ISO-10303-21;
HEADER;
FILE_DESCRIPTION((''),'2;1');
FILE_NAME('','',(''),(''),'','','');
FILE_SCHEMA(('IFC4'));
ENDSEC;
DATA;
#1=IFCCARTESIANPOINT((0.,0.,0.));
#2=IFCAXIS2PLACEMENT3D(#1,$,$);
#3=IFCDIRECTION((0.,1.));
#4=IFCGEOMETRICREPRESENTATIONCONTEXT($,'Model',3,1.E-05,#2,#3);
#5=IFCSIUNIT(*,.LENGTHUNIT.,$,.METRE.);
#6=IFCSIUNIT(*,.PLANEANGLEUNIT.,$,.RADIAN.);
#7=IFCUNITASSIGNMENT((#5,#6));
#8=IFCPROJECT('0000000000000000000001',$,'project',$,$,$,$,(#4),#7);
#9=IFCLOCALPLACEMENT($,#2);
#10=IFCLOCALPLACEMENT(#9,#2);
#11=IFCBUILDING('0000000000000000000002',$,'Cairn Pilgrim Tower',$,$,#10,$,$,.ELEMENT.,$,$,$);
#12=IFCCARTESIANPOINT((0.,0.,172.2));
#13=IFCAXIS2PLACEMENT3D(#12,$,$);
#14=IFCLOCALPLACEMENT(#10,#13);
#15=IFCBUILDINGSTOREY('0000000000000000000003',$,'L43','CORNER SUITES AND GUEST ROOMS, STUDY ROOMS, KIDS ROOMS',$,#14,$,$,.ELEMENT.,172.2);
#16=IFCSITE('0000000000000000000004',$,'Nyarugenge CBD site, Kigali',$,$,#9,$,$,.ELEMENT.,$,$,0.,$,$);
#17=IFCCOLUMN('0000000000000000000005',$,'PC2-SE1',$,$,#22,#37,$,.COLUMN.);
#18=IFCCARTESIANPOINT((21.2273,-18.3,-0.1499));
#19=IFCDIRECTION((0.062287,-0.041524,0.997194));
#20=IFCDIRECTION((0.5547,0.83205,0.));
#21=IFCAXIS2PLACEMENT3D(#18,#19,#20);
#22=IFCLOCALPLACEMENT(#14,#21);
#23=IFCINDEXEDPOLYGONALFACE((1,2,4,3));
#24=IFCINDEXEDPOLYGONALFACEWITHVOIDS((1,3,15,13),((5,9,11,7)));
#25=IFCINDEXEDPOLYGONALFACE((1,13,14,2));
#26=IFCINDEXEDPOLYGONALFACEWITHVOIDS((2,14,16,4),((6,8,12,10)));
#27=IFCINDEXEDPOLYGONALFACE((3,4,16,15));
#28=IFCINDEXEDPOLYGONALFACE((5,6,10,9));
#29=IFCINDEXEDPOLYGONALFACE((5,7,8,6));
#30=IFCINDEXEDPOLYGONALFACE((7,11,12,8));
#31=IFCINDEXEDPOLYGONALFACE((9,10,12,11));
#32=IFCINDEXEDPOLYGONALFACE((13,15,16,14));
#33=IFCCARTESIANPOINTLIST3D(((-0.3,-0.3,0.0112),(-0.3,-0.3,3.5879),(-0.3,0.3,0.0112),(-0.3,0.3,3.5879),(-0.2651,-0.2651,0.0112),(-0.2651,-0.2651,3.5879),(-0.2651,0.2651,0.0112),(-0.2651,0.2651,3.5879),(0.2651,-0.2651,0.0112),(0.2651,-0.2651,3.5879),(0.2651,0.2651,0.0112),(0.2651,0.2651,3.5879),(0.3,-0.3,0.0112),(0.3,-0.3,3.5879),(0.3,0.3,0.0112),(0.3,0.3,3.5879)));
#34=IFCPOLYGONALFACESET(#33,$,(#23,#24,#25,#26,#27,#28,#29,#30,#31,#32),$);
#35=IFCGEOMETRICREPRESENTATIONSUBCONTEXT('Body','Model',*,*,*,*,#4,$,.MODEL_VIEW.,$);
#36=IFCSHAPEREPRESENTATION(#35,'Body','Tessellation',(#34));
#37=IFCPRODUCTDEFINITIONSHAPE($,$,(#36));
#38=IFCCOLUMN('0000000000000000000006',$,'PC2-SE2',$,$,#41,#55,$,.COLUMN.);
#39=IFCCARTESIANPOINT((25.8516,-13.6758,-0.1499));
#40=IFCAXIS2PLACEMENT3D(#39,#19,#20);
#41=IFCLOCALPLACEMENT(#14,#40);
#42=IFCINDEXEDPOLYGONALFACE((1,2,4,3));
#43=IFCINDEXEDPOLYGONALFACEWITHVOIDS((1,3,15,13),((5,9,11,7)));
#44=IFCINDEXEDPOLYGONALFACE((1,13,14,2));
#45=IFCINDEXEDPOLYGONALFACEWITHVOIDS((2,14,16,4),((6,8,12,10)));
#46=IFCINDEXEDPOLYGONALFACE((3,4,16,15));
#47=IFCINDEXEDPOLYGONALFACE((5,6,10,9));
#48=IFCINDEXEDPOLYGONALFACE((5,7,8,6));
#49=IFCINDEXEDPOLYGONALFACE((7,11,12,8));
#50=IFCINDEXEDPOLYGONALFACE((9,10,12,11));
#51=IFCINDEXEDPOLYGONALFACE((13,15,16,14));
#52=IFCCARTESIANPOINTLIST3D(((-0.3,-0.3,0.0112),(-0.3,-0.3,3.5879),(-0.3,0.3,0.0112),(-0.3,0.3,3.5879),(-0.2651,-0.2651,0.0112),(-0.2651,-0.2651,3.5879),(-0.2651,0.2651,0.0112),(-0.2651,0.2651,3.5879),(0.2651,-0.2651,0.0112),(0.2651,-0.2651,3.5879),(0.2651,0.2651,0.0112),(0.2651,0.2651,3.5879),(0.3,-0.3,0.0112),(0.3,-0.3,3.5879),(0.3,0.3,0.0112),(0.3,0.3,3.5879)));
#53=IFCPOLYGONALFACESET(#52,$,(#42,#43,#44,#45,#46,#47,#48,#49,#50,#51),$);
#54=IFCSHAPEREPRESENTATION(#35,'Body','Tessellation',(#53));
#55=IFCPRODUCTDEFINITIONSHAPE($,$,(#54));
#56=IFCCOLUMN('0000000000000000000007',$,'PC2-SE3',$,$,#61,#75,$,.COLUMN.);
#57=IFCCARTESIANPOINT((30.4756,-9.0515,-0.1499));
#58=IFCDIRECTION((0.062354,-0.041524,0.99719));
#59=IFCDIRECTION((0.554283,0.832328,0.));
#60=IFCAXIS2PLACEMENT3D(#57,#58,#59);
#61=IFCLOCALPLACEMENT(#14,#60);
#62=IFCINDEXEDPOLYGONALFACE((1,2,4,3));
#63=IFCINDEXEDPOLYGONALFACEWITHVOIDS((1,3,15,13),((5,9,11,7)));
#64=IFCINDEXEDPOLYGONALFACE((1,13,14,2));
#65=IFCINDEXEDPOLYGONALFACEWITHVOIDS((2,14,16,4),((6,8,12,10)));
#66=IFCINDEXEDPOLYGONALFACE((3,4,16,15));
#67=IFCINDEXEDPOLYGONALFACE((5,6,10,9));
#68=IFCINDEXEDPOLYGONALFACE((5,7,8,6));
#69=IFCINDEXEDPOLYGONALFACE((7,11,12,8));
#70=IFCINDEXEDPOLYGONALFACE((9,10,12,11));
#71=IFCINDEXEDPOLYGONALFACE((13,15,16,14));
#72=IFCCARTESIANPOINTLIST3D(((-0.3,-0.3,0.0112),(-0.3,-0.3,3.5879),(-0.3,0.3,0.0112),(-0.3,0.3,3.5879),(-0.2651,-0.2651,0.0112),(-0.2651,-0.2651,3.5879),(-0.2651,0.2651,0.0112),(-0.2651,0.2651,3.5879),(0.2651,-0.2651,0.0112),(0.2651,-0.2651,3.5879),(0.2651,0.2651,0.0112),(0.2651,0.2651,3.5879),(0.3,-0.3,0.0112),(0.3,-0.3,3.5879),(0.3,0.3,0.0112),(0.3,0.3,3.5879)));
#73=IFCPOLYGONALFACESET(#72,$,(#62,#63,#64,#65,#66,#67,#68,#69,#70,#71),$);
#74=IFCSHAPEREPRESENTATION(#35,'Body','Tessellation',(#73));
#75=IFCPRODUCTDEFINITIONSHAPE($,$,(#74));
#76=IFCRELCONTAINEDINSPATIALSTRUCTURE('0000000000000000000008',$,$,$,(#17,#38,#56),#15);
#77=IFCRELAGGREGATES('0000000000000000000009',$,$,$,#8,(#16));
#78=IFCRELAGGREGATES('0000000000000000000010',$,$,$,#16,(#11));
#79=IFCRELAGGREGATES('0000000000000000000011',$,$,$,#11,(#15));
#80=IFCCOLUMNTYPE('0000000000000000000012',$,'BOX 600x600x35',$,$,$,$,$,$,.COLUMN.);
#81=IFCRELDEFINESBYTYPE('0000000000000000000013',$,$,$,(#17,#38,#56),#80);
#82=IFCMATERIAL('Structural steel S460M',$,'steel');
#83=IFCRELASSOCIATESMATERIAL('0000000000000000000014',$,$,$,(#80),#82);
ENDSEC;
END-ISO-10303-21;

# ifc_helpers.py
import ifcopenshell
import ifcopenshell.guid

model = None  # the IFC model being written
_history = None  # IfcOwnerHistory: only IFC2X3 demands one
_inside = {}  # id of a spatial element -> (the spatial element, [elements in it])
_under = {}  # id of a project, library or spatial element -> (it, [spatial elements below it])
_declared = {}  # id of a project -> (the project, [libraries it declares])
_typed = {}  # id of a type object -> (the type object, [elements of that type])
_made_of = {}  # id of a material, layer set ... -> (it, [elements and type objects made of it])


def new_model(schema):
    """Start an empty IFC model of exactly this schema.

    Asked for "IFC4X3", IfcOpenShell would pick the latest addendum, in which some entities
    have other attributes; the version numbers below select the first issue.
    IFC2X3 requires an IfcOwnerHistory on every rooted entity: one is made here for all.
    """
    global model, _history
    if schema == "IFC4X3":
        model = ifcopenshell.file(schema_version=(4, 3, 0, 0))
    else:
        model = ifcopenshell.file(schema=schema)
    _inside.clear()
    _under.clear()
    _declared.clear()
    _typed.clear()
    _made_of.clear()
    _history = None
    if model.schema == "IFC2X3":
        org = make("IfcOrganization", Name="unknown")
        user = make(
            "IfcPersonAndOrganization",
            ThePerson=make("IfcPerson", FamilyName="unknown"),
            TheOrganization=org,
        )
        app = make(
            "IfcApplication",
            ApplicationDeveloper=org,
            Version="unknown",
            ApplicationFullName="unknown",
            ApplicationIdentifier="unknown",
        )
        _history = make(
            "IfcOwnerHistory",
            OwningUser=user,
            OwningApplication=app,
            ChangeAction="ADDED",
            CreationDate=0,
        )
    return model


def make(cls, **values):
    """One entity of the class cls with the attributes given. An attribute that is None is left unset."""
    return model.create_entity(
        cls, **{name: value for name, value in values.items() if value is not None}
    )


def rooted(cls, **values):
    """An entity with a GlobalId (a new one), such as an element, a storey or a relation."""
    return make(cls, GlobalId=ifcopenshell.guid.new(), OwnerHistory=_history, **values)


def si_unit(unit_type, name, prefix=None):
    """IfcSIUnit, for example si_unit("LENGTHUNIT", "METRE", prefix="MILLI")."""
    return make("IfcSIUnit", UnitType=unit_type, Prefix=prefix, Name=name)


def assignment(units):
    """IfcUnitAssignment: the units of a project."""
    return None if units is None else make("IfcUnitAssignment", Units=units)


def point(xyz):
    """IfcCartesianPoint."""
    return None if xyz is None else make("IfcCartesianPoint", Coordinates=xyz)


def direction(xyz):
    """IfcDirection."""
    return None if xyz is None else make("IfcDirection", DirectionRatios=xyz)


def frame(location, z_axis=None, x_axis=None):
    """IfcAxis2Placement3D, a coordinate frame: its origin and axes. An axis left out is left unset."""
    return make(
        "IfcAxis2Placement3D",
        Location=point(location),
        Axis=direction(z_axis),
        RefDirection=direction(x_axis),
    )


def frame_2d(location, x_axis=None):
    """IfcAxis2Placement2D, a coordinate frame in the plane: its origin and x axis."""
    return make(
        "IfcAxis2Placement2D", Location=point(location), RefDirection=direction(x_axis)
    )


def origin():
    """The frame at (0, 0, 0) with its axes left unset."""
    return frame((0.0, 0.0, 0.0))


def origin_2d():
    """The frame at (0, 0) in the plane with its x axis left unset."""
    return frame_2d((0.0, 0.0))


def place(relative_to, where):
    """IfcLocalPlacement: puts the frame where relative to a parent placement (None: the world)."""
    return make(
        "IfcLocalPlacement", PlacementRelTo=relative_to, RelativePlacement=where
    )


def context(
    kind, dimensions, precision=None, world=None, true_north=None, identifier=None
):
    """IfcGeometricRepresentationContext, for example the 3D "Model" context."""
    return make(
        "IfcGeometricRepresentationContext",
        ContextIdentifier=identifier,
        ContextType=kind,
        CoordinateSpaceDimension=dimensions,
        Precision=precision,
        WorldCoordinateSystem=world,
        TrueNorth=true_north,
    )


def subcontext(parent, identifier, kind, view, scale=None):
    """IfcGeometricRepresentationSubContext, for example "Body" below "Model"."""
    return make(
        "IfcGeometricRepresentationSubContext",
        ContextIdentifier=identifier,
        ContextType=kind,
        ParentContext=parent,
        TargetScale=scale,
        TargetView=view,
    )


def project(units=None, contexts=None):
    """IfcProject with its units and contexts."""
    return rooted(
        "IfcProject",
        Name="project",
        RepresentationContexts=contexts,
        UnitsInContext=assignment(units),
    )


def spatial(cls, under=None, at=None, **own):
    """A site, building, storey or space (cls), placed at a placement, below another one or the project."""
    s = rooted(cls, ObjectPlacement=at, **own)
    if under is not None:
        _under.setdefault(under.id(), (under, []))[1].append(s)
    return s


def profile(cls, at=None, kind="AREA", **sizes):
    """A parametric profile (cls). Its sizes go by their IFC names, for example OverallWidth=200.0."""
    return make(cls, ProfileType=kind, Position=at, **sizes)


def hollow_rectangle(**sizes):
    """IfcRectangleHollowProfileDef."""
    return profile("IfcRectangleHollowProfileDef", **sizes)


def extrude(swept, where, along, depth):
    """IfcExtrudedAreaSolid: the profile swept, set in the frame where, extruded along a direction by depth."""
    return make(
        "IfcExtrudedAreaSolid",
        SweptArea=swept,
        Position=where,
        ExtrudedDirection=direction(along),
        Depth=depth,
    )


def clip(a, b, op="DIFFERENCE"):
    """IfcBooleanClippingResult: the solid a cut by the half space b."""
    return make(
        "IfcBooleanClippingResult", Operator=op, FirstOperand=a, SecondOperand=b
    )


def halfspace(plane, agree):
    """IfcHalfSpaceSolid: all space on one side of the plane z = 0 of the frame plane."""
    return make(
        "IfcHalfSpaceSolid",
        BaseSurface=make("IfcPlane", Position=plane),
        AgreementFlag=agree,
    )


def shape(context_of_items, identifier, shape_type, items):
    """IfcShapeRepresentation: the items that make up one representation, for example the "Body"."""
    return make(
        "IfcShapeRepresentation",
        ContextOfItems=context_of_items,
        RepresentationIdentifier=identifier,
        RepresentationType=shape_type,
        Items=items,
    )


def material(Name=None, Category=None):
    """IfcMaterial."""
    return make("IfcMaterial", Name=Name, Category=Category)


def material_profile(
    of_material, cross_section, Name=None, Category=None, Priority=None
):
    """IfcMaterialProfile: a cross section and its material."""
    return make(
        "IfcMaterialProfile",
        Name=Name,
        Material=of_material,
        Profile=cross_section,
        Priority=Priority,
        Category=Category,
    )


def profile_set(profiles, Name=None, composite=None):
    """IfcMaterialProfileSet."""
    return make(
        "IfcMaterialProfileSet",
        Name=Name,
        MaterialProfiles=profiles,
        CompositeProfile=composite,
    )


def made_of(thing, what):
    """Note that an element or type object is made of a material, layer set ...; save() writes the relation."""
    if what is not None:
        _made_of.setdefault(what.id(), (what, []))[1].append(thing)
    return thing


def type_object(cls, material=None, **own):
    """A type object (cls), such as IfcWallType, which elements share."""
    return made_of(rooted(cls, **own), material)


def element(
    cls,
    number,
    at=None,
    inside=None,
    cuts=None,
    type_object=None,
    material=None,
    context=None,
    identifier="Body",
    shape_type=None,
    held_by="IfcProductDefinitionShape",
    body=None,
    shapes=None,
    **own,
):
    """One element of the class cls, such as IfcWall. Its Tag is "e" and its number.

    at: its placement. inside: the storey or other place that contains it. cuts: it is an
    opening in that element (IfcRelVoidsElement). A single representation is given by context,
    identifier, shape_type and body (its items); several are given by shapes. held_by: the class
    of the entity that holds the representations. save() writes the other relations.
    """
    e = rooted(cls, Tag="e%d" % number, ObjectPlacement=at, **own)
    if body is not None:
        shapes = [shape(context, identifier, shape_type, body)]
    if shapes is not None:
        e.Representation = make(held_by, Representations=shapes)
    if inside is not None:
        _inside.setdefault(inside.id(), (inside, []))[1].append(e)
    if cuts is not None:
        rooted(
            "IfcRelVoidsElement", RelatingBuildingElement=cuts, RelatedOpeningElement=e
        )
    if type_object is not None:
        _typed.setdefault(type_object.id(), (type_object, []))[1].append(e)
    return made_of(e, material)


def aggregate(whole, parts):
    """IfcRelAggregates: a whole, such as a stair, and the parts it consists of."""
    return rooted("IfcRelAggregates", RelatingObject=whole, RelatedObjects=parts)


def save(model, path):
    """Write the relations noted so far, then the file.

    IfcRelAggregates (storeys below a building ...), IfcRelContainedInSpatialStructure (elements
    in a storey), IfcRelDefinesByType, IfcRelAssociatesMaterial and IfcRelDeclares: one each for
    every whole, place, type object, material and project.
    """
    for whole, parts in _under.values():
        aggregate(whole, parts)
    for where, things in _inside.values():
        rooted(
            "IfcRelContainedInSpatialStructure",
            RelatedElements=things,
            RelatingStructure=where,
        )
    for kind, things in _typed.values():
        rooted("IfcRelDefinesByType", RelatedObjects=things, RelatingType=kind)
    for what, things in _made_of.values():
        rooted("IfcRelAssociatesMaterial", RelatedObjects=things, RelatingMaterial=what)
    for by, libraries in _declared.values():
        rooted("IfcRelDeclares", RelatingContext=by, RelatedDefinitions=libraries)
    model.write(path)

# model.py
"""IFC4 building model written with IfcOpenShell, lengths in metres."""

from ifc_helpers import new_model, si_unit, direction, frame, origin, origin_2d, place, context, subcontext, project, spatial, hollow_rectangle, extrude, clip, halfspace, material, material_profile, profile_set, type_object, element, save


model = new_model("IFC4")

# Units and contexts
model_context = context("Model", 3, precision=1e-05, world=origin(), true_north=direction((0.0, 1.0)))
body_context = subcontext(model_context, "Body", "Model", "MODEL_VIEW")
ifc_project = project(units=[si_unit("LENGTHUNIT", "METRE"), si_unit("PLANEANGLEUNIT", "RADIAN")], contexts=[model_context])

# Site, building, storey
site_placement = place(None, origin())
site = spatial("IfcSite", under=ifc_project, at=site_placement, Name="Nyarugenge CBD site, Kigali", CompositionType="ELEMENT", RefElevation=0.0)
building_placement = place(site_placement, origin())
building = spatial("IfcBuilding", under=site, at=building_placement, Name="Cairn Pilgrim Tower", CompositionType="ELEMENT")
storey_placement = place(building_placement, frame((0.0, 0.0, 172.2)))
storey = spatial("IfcBuildingStorey", under=building, at=storey_placement, Name="L43", Description="CORNER SUITES AND GUEST ROOMS, STUDY ROOMS, KIDS ROOMS", CompositionType="ELEMENT", Elevation=172.2)

# Columns
ifc_material_1 = material(Name="Structural steel S460M", Category="steel")
ifc_material_profile_1 = material_profile(ifc_material_1, hollow_rectangle(XDim=0.6001, YDim=0.6001, WallThickness=0.0349, at=origin_2d()), Name="BOX 600x600x35")
ifc_profile_set_1 = profile_set([ifc_material_profile_1], Name="Structural steel S460M")
column_type = type_object("IfcColumnType", Name="BOX 600x600x35", PredefinedType="COLUMN", material=ifc_profile_set_1)
for number, where, z_axis, x_axis, name in (
    (1, (21.2273, -18.3, -0.1499), (0.062287, -0.041524, 0.997194), (0.5547, 0.83205, 0.0), "PC2-SE1"),
    (2, (25.8516, -13.6758, -0.1499), (0.062287, -0.041524, 0.997194), (0.5547, 0.83205, 0.0), "PC2-SE2"),
):
    element("IfcColumn", number, at=place(storey_placement, frame(where, z_axis=z_axis, x_axis=x_axis)), inside=storey, type_object=column_type, Name=name, PredefinedType="COLUMN", context=body_context, shape_type="Clipping", body=[
        clip(clip(extrude(hollow_rectangle(XDim=0.6001, YDim=0.6001, WallThickness=0.0349, at=origin_2d()), origin(), (0.0, 0.0, 1.0), 3.6099), halfspace(frame((0.0, 0.0, 0.0112), z_axis=(0.0, 0.0, 1.0), x_axis=(1.0, 0.0, 0.0)), True)), halfspace(frame((0.0, 0.0, 3.5879), z_axis=(0.0, 0.0, 1.0), x_axis=(1.0, 0.0, 0.0)), False)),
    ])
column_placement = place(storey_placement, frame((30.4756, -9.0515, -0.1499), z_axis=(0.062354, -0.041524, 0.99719), x_axis=(0.554283, 0.832328, 0.0)))
element("IfcColumn", 3, at=column_placement, inside=storey, type_object=column_type, Name="PC2-SE3", PredefinedType="COLUMN", context=body_context, shape_type="Clipping", body=[
    clip(clip(extrude(hollow_rectangle(XDim=0.6001, YDim=0.6001, WallThickness=0.0349, at=origin_2d()), origin(), (0.0, 0.0, 1.0), 3.6101), halfspace(frame((0.0, 0.0, 0.0112), z_axis=(0.0, 0.0, 1.0), x_axis=(1.0, 0.0, 0.0)), True)), halfspace(frame((0.0, 0.0, 3.5879), z_axis=(0.0, 0.0, 1.0), x_axis=(1.0, 0.0, 0.0)), False)),
])

save(model, "model.ifc")
